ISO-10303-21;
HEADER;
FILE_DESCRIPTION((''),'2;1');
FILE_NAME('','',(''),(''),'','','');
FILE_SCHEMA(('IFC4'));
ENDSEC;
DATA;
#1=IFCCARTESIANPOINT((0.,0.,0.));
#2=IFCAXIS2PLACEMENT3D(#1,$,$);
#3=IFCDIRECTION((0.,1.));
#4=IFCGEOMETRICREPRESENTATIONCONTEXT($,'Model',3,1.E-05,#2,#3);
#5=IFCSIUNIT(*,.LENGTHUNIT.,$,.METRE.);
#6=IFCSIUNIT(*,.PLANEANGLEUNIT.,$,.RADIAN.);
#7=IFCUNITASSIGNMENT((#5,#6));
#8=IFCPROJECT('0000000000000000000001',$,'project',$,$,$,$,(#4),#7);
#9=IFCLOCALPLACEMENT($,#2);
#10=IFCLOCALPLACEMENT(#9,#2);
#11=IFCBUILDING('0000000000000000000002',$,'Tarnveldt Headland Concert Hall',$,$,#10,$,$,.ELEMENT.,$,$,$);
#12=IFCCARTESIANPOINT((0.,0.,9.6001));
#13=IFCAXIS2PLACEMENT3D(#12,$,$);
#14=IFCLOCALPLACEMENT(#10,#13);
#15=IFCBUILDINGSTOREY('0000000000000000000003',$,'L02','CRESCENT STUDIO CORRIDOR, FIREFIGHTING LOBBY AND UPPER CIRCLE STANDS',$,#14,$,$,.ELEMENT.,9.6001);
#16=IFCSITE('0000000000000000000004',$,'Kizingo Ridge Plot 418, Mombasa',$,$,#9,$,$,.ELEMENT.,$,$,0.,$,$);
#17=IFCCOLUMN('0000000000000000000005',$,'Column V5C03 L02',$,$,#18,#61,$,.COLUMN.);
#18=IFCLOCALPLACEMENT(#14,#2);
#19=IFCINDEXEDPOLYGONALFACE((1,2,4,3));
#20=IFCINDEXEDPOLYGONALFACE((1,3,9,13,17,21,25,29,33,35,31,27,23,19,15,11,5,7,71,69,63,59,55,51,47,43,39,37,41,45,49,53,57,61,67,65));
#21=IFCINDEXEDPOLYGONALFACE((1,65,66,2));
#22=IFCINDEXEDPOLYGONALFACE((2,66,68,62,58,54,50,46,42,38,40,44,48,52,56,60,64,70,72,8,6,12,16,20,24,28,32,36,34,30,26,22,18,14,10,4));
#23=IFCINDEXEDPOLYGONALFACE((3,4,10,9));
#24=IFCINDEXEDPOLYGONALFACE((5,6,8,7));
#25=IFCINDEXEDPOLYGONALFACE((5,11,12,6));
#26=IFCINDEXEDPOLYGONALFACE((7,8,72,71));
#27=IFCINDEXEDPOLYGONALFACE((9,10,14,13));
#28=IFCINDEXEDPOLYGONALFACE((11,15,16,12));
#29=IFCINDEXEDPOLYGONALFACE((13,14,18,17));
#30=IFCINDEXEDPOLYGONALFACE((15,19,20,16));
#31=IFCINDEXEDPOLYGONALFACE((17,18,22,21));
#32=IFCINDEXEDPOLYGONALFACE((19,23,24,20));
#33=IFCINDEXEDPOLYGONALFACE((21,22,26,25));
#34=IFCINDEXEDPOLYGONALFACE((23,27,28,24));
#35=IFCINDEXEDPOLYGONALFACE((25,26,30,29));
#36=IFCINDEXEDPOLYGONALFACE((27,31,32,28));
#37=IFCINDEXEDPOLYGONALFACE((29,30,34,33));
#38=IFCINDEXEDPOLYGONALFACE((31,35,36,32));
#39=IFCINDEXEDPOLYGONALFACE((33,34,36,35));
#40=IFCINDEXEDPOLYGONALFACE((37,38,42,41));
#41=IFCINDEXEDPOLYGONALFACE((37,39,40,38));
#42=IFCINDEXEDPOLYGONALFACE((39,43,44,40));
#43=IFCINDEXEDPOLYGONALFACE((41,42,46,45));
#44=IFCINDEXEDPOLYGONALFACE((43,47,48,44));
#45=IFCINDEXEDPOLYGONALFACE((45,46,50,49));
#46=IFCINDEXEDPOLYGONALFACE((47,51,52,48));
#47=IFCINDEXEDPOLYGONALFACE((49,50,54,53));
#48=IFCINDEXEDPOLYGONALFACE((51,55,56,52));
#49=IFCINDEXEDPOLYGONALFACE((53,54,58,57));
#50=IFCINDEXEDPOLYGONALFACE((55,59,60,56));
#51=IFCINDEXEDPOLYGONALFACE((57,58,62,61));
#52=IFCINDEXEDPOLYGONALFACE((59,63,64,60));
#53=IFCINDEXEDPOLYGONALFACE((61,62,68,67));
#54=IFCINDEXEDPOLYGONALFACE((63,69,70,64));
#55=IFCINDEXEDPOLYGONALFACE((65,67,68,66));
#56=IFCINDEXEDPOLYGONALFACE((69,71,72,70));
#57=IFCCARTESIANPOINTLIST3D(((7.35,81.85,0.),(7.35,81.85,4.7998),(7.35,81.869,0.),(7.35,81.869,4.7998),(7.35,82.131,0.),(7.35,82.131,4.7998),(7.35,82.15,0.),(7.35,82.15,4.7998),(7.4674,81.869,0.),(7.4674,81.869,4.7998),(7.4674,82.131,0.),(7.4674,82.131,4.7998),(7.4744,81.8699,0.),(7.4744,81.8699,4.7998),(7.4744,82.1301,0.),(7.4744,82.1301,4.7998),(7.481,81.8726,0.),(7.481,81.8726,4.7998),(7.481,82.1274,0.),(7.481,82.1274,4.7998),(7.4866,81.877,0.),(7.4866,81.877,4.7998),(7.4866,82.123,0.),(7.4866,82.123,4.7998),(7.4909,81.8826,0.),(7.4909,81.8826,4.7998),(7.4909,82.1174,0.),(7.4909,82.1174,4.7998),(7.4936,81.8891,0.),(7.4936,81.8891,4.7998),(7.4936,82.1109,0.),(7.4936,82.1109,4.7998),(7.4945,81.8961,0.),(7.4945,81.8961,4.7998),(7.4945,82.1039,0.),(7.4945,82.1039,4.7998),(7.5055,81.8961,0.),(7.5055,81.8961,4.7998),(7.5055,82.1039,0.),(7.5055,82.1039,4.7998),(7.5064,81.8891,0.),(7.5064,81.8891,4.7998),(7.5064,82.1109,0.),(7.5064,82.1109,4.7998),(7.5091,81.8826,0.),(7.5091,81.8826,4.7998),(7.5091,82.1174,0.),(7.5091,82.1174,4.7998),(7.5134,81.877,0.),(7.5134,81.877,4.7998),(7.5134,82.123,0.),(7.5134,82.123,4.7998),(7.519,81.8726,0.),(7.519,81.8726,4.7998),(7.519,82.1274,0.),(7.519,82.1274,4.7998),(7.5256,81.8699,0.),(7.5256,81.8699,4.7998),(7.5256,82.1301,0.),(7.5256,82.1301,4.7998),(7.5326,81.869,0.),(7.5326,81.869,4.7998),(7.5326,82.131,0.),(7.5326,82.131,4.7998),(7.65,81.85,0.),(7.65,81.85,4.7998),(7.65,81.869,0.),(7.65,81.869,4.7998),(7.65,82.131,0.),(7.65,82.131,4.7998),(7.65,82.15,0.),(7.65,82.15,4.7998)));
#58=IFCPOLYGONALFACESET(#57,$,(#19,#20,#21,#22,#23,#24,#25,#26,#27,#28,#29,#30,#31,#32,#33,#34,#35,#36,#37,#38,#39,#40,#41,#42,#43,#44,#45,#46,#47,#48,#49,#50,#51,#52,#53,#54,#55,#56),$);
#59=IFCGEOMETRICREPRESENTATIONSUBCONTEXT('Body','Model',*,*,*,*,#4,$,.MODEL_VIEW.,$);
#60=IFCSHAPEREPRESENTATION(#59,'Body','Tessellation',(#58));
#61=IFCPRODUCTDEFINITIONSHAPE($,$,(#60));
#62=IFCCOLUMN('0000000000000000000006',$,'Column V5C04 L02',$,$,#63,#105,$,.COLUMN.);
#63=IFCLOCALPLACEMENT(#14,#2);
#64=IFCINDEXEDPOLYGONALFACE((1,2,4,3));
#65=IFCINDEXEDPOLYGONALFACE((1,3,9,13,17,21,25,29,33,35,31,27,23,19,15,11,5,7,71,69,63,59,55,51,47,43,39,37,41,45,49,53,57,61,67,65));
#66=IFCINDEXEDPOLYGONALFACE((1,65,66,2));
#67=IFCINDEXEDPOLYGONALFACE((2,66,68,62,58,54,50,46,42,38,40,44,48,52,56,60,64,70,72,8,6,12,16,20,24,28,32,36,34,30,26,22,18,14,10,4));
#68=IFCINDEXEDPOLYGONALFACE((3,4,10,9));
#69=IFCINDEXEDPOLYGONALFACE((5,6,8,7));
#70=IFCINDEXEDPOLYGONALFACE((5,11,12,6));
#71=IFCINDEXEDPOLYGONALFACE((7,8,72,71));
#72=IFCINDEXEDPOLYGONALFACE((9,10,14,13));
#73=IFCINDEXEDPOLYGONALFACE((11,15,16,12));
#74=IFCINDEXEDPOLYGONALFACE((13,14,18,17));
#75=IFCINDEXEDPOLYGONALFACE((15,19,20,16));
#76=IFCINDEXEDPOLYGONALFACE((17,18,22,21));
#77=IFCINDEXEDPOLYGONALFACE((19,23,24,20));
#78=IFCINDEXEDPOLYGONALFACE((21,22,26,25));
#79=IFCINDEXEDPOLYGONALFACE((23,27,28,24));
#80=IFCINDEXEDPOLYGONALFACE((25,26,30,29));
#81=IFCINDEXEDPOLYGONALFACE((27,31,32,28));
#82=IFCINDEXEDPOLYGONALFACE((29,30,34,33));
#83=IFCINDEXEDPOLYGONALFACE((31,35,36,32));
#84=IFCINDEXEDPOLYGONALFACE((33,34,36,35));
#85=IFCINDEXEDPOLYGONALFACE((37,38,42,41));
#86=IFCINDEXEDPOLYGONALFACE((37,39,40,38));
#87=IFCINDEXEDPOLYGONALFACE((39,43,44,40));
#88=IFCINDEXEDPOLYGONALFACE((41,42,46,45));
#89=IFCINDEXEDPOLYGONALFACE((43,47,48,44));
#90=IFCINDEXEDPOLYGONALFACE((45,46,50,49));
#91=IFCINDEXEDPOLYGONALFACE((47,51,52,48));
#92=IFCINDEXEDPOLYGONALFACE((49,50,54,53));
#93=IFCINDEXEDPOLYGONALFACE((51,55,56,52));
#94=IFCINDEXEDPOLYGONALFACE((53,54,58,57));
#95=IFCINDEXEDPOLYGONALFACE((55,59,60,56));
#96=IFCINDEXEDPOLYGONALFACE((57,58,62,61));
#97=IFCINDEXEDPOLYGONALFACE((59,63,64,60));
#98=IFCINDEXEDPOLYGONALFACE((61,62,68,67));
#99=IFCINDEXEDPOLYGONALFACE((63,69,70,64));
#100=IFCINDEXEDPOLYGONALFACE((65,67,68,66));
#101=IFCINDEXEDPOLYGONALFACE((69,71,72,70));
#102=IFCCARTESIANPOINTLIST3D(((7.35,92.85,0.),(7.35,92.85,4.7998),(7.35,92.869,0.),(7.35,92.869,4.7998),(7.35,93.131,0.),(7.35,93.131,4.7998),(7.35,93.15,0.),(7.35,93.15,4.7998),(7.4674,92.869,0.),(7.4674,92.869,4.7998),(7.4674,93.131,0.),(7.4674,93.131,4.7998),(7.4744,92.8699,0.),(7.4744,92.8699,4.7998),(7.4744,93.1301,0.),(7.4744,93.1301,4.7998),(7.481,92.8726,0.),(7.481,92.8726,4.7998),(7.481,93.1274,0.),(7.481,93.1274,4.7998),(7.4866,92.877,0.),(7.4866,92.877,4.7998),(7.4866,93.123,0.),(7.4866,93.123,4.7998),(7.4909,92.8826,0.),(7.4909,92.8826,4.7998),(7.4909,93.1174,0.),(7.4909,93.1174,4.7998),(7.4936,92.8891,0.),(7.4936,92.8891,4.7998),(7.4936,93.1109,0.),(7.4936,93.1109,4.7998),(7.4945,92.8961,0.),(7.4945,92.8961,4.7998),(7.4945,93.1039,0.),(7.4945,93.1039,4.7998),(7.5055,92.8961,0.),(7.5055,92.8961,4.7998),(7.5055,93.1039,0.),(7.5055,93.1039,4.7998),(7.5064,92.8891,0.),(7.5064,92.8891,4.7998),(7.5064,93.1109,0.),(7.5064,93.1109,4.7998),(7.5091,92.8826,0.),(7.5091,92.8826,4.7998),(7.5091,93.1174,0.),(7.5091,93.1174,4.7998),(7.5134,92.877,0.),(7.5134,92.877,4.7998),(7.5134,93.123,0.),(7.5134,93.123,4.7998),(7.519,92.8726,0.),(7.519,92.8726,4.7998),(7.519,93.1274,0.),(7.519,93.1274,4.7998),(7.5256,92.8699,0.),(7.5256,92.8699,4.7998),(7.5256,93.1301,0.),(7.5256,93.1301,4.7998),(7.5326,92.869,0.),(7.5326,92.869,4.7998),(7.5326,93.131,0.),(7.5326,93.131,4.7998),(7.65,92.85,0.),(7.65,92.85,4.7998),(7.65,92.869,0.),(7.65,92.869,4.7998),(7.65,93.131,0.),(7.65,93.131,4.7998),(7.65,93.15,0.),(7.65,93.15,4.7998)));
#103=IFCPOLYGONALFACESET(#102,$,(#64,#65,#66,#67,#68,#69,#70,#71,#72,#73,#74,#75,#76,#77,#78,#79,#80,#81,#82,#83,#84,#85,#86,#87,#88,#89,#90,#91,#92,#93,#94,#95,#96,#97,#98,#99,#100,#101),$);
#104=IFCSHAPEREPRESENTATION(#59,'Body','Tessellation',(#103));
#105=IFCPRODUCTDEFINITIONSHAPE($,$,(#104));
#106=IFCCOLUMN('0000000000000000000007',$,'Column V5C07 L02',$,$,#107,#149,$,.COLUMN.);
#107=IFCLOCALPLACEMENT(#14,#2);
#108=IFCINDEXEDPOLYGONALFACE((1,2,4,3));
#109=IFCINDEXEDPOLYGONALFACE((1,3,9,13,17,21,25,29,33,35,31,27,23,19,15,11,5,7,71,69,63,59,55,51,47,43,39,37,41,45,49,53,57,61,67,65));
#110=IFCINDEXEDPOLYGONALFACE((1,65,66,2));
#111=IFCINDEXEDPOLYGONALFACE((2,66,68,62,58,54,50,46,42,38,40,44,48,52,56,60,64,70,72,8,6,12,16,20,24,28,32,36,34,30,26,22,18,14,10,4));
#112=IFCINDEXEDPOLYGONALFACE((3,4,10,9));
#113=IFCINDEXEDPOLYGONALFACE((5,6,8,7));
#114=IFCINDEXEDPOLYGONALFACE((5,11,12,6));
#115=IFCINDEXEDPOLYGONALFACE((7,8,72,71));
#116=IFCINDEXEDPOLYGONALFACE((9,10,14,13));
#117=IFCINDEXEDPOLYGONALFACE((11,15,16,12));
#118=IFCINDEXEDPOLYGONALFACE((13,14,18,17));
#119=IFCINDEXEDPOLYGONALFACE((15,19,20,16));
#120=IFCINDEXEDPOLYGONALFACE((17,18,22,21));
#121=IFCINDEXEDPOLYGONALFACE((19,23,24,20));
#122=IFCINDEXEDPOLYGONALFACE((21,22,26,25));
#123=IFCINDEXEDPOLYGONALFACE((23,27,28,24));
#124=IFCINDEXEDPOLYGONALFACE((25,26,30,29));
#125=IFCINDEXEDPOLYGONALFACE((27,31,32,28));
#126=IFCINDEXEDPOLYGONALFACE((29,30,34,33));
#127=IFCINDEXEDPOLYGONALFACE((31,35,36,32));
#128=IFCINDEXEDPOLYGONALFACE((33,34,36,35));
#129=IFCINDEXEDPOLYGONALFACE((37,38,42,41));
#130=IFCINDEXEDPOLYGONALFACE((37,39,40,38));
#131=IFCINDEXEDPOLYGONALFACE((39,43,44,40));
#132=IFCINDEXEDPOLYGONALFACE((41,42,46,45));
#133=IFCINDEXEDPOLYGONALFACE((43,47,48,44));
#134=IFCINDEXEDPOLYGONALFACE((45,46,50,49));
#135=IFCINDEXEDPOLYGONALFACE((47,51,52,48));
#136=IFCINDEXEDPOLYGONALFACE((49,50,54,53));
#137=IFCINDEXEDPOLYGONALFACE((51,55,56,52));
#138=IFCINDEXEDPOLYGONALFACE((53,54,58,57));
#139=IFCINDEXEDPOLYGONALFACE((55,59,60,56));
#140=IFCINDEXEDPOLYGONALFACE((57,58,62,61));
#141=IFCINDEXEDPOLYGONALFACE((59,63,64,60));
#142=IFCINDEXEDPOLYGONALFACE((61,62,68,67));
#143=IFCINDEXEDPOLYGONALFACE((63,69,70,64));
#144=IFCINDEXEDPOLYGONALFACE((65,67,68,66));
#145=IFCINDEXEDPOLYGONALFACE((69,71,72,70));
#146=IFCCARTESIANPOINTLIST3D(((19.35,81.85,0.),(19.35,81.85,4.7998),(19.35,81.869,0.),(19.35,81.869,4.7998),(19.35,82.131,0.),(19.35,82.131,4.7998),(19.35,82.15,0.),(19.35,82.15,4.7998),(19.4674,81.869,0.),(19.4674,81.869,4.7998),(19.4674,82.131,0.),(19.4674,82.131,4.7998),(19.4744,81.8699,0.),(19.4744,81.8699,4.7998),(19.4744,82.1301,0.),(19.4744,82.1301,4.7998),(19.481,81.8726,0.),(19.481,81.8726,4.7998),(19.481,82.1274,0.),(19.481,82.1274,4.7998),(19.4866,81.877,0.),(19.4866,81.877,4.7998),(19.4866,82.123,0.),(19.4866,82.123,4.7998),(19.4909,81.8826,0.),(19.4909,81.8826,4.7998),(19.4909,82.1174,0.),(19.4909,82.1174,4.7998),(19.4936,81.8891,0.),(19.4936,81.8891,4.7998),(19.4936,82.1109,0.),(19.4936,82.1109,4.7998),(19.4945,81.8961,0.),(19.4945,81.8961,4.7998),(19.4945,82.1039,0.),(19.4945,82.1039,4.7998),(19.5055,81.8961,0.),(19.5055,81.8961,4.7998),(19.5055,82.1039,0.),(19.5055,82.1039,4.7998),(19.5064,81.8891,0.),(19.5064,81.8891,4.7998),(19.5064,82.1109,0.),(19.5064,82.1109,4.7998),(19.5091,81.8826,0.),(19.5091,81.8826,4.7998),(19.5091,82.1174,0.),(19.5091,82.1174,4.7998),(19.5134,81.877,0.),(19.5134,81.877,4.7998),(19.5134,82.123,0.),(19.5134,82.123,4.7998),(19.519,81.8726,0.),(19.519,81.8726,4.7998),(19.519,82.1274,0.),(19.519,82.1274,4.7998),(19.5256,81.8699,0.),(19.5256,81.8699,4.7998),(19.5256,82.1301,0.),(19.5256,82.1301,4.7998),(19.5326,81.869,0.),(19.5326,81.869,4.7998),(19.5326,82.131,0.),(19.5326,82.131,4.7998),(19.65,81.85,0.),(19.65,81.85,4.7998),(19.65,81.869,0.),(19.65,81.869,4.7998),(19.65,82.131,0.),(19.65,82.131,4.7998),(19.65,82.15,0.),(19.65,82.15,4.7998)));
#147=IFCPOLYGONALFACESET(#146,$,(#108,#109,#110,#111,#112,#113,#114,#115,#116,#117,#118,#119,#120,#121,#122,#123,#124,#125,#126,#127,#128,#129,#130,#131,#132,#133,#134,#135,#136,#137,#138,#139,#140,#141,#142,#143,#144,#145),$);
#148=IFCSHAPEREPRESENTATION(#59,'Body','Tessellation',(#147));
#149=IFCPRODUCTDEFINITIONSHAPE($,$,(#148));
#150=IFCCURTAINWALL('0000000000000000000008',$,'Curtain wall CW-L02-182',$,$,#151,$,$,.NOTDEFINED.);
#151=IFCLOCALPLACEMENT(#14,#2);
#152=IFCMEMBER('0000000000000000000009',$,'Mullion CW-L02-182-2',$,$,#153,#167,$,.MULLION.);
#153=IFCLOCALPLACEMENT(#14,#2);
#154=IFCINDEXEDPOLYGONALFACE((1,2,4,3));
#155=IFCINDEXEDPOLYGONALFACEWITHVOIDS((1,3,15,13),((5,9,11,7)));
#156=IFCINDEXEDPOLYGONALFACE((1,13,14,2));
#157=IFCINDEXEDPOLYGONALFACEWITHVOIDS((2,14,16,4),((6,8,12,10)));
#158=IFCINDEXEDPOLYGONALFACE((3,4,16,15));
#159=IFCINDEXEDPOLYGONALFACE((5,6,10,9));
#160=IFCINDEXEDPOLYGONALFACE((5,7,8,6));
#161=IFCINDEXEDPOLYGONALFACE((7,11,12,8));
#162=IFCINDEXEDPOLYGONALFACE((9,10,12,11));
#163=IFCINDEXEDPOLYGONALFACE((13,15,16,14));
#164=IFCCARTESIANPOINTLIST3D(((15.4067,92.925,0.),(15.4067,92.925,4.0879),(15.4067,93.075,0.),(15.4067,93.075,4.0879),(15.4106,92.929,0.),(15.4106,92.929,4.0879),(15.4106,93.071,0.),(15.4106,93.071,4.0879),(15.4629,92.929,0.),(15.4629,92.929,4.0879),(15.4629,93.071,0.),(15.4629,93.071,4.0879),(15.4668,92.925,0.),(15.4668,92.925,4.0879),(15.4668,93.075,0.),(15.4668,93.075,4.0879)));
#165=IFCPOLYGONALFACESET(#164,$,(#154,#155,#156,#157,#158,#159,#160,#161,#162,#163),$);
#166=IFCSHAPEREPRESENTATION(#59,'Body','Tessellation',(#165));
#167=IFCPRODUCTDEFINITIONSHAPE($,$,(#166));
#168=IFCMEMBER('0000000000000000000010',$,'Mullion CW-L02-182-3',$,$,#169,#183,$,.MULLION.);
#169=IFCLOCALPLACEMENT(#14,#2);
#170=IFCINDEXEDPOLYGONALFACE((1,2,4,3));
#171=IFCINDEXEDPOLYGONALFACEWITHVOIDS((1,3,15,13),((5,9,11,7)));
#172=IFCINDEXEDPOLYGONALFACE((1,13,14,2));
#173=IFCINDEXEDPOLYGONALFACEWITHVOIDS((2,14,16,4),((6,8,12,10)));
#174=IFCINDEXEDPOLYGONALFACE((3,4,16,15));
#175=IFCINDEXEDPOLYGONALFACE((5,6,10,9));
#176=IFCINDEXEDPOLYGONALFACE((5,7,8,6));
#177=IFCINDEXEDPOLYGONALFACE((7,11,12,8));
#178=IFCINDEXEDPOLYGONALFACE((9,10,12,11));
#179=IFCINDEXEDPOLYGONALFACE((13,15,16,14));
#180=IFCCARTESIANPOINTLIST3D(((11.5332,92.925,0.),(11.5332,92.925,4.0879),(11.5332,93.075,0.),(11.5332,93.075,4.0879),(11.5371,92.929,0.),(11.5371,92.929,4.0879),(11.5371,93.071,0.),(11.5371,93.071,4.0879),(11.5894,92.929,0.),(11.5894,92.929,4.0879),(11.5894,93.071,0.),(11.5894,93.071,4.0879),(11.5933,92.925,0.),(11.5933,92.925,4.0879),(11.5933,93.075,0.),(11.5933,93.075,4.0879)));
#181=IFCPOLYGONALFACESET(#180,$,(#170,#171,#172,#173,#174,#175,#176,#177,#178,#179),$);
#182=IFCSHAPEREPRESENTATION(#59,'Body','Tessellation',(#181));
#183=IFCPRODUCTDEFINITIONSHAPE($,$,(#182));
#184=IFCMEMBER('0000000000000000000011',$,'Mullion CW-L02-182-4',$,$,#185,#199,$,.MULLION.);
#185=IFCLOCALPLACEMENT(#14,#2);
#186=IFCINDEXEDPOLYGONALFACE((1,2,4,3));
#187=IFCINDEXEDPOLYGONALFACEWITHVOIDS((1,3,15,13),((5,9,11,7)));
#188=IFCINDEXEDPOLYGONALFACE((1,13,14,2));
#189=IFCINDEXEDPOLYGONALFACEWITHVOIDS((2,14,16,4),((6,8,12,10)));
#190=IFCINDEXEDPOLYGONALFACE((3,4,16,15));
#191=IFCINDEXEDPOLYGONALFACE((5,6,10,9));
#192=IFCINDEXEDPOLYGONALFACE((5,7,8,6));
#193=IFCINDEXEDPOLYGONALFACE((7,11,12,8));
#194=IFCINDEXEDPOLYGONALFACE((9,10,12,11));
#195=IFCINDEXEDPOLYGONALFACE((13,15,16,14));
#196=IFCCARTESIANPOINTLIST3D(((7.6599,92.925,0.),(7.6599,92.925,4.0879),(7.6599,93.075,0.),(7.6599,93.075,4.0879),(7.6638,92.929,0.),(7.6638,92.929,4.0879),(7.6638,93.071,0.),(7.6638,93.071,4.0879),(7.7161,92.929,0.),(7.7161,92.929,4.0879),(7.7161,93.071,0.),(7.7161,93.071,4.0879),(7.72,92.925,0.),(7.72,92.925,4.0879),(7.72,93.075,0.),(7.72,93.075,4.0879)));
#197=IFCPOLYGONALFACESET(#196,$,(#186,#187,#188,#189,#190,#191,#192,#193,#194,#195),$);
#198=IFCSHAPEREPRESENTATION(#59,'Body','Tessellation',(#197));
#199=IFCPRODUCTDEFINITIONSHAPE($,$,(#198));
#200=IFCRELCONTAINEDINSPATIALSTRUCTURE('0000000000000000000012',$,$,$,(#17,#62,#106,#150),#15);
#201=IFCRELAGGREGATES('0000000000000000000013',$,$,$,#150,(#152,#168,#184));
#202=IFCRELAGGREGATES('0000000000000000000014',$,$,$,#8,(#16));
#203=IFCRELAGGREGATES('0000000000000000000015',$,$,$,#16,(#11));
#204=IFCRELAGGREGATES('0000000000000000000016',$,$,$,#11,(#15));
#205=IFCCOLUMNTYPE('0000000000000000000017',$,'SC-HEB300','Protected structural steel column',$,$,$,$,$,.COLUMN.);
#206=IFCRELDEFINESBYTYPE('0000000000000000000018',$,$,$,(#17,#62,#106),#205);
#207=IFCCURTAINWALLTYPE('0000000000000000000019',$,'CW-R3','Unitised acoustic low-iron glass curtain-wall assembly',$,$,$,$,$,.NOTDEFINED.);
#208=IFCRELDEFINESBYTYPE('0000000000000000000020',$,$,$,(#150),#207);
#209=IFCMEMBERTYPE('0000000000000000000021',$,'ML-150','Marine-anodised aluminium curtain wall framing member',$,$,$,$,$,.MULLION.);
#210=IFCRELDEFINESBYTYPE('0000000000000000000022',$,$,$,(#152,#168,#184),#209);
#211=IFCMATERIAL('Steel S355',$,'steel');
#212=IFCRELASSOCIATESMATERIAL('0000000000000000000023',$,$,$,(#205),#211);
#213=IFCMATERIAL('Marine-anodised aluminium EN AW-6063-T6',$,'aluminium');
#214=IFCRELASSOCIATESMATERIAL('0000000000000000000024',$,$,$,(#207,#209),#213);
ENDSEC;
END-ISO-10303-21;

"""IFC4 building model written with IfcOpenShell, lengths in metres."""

from ifc_helpers import new_model, si_unit, direction, frame, origin, origin_2d, place, context, subcontext, project, spatial, hollow_rectangle, i_section, extrude, material, material_profile, profile_set, type_object, element, aggregate, save


model = new_model("IFC4")

# Units and contexts
model_context = context("Model", 3, precision=1e-05, world=origin(), true_north=direction((0.0, 1.0)))
body_context = subcontext(model_context, "Body", "Model", "MODEL_VIEW")
ifc_project = project(units=[si_unit("LENGTHUNIT", "METRE"), si_unit("PLANEANGLEUNIT", "RADIAN")], contexts=[model_context])

# Site, building, storey
site_placement = place(None, origin())
site = spatial("IfcSite", under=ifc_project, at=site_placement, Name="Kizingo Ridge Plot 418, Mombasa", CompositionType="ELEMENT", RefElevation=0.0)
building_placement = place(site_placement, origin())
building = spatial("IfcBuilding", under=site, at=building_placement, Name="Tarnveldt Headland Concert Hall", CompositionType="ELEMENT")
storey_placement = place(building_placement, frame((0.0, 0.0, 9.6001)))
storey = spatial("IfcBuildingStorey", under=building, at=storey_placement, Name="L02", Description="CRESCENT STUDIO CORRIDOR, FIREFIGHTING LOBBY AND UPPER CIRCLE STANDS", CompositionType="ELEMENT", Elevation=9.6001)

# Columns
ifc_material_1 = material(Name="Steel S355", Category="steel")
ifc_material_profile_1 = material_profile(ifc_material_1, i_section(OverallWidth=0.3, OverallDepth=0.3, WebThickness=0.011, FlangeThickness=0.019, FilletRadius=0.0271, at=origin_2d()), Name="HEB300", Category="steel")
ifc_profile_set_1 = profile_set([ifc_material_profile_1], Name="Steel S355")
column_type = type_object("IfcColumnType", Name="SC-HEB300", Description="Protected structural steel column", PredefinedType="COLUMN", material=ifc_profile_set_1)
for number, where, z_axis, x_axis, name in (
    (1, (7.5, 82.0, 0.0), (0.0, 0.0, 1.0), (1.0, 0.0, 0.0), "Column V5C03 L02"),
    (2, (7.5, 93.0, 0.0), (0.0, 0.0, 1.0), (1.0, 0.0, 0.0), "Column V5C04 L02"),
    (3, (19.5, 82.0, 0.0), (0.0, 0.0, 1.0), (1.0, 0.0, 0.0), "Column V5C07 L02"),
):
    element("IfcColumn", number, at=place(storey_placement, frame(where, z_axis=z_axis, x_axis=x_axis)), inside=storey, type_object=column_type, Name=name, PredefinedType="COLUMN", context=body_context, shape_type="SweptSolid", body=[
        extrude(i_section(OverallWidth=0.3, OverallDepth=0.3, WebThickness=0.011, FlangeThickness=0.019, FilletRadius=0.0271, at=origin_2d()), origin(), (0.0, 0.0, 1.0), 4.7998),
    ])

# Curtain wall, members
ifc_material_2 = material(Name="Marine-anodised aluminium EN AW-6063-T6", Category="aluminium")
curtain_wall_type = type_object("IfcCurtainWallType", Name="CW-R3", Description="Unitised acoustic low-iron glass curtain-wall assembly", PredefinedType="NOTDEFINED", material=ifc_material_2)
curtain_wall_placement = place(storey_placement, origin())
curtain_wall = element("IfcCurtainWall", 4, at=curtain_wall_placement, inside=storey, type_object=curtain_wall_type, Name="Curtain wall CW-L02-182", PredefinedType="NOTDEFINED")
ifc_material_profile_2 = material_profile(ifc_material_2, hollow_rectangle(XDim=0.0601, YDim=0.1499, WallThickness=0.0039, at=origin_2d()), Name="ALU MULLION 60x150x4", Category="aluminium")
ifc_profile_set_2 = profile_set([ifc_material_profile_2], Name="Marine-anodised aluminium EN AW-6063-T6")
member_type_1 = type_object("IfcMemberType", Name="ML-150", Description="Marine-anodised aluminium curtain wall framing member", PredefinedType="MULLION", material=ifc_profile_set_2)
member_1_placement = place(storey_placement, frame((15.4368, 93.0, 0.0), z_axis=(0.0, 0.0, 1.0), x_axis=(1.0, 0.0, 0.0)))
member_1 = element("IfcMember", 5, at=member_1_placement, type_object=member_type_1, Name="Mullion CW-L02-182-2", PredefinedType="MULLION", context=body_context, shape_type="SweptSolid", body=[
    extrude(hollow_rectangle(XDim=0.0601, YDim=0.1499, WallThickness=0.0039, at=origin_2d()), origin(), (0.0, 0.0, 1.0), 4.0879),
])
member_2_placement = place(storey_placement, frame((11.5632, 93.0, 0.0), z_axis=(0.0, 0.0, 1.0), x_axis=(1.0, 0.0, 0.0)))
member_2 = element("IfcMember", 6, at=member_2_placement, type_object=member_type_1, Name="Mullion CW-L02-182-3", PredefinedType="MULLION", context=body_context, shape_type="SweptSolid", body=[
    extrude(hollow_rectangle(XDim=0.0601, YDim=0.1499, WallThickness=0.0039, at=origin_2d()), origin(), (0.0, 0.0, 1.0), 4.0879),
])
member_3_placement = place(storey_placement, frame((7.6899, 93.0, 0.0), z_axis=(0.0, 0.0, 1.0), x_axis=(1.0, 0.0, 0.0)))
member_3 = element("IfcMember", 7, at=member_3_placement, type_object=member_type_1, Name="Mullion CW-L02-182-4", PredefinedType="MULLION", context=body_context, shape_type="SweptSolid", body=[
    extrude(hollow_rectangle(XDim=0.0601, YDim=0.1499, WallThickness=0.0039, at=origin_2d()), origin(), (0.0, 0.0, 1.0), 4.0879),
])

aggregate(curtain_wall, [member_1, member_2, member_3])

save(model, "model.ifc")
